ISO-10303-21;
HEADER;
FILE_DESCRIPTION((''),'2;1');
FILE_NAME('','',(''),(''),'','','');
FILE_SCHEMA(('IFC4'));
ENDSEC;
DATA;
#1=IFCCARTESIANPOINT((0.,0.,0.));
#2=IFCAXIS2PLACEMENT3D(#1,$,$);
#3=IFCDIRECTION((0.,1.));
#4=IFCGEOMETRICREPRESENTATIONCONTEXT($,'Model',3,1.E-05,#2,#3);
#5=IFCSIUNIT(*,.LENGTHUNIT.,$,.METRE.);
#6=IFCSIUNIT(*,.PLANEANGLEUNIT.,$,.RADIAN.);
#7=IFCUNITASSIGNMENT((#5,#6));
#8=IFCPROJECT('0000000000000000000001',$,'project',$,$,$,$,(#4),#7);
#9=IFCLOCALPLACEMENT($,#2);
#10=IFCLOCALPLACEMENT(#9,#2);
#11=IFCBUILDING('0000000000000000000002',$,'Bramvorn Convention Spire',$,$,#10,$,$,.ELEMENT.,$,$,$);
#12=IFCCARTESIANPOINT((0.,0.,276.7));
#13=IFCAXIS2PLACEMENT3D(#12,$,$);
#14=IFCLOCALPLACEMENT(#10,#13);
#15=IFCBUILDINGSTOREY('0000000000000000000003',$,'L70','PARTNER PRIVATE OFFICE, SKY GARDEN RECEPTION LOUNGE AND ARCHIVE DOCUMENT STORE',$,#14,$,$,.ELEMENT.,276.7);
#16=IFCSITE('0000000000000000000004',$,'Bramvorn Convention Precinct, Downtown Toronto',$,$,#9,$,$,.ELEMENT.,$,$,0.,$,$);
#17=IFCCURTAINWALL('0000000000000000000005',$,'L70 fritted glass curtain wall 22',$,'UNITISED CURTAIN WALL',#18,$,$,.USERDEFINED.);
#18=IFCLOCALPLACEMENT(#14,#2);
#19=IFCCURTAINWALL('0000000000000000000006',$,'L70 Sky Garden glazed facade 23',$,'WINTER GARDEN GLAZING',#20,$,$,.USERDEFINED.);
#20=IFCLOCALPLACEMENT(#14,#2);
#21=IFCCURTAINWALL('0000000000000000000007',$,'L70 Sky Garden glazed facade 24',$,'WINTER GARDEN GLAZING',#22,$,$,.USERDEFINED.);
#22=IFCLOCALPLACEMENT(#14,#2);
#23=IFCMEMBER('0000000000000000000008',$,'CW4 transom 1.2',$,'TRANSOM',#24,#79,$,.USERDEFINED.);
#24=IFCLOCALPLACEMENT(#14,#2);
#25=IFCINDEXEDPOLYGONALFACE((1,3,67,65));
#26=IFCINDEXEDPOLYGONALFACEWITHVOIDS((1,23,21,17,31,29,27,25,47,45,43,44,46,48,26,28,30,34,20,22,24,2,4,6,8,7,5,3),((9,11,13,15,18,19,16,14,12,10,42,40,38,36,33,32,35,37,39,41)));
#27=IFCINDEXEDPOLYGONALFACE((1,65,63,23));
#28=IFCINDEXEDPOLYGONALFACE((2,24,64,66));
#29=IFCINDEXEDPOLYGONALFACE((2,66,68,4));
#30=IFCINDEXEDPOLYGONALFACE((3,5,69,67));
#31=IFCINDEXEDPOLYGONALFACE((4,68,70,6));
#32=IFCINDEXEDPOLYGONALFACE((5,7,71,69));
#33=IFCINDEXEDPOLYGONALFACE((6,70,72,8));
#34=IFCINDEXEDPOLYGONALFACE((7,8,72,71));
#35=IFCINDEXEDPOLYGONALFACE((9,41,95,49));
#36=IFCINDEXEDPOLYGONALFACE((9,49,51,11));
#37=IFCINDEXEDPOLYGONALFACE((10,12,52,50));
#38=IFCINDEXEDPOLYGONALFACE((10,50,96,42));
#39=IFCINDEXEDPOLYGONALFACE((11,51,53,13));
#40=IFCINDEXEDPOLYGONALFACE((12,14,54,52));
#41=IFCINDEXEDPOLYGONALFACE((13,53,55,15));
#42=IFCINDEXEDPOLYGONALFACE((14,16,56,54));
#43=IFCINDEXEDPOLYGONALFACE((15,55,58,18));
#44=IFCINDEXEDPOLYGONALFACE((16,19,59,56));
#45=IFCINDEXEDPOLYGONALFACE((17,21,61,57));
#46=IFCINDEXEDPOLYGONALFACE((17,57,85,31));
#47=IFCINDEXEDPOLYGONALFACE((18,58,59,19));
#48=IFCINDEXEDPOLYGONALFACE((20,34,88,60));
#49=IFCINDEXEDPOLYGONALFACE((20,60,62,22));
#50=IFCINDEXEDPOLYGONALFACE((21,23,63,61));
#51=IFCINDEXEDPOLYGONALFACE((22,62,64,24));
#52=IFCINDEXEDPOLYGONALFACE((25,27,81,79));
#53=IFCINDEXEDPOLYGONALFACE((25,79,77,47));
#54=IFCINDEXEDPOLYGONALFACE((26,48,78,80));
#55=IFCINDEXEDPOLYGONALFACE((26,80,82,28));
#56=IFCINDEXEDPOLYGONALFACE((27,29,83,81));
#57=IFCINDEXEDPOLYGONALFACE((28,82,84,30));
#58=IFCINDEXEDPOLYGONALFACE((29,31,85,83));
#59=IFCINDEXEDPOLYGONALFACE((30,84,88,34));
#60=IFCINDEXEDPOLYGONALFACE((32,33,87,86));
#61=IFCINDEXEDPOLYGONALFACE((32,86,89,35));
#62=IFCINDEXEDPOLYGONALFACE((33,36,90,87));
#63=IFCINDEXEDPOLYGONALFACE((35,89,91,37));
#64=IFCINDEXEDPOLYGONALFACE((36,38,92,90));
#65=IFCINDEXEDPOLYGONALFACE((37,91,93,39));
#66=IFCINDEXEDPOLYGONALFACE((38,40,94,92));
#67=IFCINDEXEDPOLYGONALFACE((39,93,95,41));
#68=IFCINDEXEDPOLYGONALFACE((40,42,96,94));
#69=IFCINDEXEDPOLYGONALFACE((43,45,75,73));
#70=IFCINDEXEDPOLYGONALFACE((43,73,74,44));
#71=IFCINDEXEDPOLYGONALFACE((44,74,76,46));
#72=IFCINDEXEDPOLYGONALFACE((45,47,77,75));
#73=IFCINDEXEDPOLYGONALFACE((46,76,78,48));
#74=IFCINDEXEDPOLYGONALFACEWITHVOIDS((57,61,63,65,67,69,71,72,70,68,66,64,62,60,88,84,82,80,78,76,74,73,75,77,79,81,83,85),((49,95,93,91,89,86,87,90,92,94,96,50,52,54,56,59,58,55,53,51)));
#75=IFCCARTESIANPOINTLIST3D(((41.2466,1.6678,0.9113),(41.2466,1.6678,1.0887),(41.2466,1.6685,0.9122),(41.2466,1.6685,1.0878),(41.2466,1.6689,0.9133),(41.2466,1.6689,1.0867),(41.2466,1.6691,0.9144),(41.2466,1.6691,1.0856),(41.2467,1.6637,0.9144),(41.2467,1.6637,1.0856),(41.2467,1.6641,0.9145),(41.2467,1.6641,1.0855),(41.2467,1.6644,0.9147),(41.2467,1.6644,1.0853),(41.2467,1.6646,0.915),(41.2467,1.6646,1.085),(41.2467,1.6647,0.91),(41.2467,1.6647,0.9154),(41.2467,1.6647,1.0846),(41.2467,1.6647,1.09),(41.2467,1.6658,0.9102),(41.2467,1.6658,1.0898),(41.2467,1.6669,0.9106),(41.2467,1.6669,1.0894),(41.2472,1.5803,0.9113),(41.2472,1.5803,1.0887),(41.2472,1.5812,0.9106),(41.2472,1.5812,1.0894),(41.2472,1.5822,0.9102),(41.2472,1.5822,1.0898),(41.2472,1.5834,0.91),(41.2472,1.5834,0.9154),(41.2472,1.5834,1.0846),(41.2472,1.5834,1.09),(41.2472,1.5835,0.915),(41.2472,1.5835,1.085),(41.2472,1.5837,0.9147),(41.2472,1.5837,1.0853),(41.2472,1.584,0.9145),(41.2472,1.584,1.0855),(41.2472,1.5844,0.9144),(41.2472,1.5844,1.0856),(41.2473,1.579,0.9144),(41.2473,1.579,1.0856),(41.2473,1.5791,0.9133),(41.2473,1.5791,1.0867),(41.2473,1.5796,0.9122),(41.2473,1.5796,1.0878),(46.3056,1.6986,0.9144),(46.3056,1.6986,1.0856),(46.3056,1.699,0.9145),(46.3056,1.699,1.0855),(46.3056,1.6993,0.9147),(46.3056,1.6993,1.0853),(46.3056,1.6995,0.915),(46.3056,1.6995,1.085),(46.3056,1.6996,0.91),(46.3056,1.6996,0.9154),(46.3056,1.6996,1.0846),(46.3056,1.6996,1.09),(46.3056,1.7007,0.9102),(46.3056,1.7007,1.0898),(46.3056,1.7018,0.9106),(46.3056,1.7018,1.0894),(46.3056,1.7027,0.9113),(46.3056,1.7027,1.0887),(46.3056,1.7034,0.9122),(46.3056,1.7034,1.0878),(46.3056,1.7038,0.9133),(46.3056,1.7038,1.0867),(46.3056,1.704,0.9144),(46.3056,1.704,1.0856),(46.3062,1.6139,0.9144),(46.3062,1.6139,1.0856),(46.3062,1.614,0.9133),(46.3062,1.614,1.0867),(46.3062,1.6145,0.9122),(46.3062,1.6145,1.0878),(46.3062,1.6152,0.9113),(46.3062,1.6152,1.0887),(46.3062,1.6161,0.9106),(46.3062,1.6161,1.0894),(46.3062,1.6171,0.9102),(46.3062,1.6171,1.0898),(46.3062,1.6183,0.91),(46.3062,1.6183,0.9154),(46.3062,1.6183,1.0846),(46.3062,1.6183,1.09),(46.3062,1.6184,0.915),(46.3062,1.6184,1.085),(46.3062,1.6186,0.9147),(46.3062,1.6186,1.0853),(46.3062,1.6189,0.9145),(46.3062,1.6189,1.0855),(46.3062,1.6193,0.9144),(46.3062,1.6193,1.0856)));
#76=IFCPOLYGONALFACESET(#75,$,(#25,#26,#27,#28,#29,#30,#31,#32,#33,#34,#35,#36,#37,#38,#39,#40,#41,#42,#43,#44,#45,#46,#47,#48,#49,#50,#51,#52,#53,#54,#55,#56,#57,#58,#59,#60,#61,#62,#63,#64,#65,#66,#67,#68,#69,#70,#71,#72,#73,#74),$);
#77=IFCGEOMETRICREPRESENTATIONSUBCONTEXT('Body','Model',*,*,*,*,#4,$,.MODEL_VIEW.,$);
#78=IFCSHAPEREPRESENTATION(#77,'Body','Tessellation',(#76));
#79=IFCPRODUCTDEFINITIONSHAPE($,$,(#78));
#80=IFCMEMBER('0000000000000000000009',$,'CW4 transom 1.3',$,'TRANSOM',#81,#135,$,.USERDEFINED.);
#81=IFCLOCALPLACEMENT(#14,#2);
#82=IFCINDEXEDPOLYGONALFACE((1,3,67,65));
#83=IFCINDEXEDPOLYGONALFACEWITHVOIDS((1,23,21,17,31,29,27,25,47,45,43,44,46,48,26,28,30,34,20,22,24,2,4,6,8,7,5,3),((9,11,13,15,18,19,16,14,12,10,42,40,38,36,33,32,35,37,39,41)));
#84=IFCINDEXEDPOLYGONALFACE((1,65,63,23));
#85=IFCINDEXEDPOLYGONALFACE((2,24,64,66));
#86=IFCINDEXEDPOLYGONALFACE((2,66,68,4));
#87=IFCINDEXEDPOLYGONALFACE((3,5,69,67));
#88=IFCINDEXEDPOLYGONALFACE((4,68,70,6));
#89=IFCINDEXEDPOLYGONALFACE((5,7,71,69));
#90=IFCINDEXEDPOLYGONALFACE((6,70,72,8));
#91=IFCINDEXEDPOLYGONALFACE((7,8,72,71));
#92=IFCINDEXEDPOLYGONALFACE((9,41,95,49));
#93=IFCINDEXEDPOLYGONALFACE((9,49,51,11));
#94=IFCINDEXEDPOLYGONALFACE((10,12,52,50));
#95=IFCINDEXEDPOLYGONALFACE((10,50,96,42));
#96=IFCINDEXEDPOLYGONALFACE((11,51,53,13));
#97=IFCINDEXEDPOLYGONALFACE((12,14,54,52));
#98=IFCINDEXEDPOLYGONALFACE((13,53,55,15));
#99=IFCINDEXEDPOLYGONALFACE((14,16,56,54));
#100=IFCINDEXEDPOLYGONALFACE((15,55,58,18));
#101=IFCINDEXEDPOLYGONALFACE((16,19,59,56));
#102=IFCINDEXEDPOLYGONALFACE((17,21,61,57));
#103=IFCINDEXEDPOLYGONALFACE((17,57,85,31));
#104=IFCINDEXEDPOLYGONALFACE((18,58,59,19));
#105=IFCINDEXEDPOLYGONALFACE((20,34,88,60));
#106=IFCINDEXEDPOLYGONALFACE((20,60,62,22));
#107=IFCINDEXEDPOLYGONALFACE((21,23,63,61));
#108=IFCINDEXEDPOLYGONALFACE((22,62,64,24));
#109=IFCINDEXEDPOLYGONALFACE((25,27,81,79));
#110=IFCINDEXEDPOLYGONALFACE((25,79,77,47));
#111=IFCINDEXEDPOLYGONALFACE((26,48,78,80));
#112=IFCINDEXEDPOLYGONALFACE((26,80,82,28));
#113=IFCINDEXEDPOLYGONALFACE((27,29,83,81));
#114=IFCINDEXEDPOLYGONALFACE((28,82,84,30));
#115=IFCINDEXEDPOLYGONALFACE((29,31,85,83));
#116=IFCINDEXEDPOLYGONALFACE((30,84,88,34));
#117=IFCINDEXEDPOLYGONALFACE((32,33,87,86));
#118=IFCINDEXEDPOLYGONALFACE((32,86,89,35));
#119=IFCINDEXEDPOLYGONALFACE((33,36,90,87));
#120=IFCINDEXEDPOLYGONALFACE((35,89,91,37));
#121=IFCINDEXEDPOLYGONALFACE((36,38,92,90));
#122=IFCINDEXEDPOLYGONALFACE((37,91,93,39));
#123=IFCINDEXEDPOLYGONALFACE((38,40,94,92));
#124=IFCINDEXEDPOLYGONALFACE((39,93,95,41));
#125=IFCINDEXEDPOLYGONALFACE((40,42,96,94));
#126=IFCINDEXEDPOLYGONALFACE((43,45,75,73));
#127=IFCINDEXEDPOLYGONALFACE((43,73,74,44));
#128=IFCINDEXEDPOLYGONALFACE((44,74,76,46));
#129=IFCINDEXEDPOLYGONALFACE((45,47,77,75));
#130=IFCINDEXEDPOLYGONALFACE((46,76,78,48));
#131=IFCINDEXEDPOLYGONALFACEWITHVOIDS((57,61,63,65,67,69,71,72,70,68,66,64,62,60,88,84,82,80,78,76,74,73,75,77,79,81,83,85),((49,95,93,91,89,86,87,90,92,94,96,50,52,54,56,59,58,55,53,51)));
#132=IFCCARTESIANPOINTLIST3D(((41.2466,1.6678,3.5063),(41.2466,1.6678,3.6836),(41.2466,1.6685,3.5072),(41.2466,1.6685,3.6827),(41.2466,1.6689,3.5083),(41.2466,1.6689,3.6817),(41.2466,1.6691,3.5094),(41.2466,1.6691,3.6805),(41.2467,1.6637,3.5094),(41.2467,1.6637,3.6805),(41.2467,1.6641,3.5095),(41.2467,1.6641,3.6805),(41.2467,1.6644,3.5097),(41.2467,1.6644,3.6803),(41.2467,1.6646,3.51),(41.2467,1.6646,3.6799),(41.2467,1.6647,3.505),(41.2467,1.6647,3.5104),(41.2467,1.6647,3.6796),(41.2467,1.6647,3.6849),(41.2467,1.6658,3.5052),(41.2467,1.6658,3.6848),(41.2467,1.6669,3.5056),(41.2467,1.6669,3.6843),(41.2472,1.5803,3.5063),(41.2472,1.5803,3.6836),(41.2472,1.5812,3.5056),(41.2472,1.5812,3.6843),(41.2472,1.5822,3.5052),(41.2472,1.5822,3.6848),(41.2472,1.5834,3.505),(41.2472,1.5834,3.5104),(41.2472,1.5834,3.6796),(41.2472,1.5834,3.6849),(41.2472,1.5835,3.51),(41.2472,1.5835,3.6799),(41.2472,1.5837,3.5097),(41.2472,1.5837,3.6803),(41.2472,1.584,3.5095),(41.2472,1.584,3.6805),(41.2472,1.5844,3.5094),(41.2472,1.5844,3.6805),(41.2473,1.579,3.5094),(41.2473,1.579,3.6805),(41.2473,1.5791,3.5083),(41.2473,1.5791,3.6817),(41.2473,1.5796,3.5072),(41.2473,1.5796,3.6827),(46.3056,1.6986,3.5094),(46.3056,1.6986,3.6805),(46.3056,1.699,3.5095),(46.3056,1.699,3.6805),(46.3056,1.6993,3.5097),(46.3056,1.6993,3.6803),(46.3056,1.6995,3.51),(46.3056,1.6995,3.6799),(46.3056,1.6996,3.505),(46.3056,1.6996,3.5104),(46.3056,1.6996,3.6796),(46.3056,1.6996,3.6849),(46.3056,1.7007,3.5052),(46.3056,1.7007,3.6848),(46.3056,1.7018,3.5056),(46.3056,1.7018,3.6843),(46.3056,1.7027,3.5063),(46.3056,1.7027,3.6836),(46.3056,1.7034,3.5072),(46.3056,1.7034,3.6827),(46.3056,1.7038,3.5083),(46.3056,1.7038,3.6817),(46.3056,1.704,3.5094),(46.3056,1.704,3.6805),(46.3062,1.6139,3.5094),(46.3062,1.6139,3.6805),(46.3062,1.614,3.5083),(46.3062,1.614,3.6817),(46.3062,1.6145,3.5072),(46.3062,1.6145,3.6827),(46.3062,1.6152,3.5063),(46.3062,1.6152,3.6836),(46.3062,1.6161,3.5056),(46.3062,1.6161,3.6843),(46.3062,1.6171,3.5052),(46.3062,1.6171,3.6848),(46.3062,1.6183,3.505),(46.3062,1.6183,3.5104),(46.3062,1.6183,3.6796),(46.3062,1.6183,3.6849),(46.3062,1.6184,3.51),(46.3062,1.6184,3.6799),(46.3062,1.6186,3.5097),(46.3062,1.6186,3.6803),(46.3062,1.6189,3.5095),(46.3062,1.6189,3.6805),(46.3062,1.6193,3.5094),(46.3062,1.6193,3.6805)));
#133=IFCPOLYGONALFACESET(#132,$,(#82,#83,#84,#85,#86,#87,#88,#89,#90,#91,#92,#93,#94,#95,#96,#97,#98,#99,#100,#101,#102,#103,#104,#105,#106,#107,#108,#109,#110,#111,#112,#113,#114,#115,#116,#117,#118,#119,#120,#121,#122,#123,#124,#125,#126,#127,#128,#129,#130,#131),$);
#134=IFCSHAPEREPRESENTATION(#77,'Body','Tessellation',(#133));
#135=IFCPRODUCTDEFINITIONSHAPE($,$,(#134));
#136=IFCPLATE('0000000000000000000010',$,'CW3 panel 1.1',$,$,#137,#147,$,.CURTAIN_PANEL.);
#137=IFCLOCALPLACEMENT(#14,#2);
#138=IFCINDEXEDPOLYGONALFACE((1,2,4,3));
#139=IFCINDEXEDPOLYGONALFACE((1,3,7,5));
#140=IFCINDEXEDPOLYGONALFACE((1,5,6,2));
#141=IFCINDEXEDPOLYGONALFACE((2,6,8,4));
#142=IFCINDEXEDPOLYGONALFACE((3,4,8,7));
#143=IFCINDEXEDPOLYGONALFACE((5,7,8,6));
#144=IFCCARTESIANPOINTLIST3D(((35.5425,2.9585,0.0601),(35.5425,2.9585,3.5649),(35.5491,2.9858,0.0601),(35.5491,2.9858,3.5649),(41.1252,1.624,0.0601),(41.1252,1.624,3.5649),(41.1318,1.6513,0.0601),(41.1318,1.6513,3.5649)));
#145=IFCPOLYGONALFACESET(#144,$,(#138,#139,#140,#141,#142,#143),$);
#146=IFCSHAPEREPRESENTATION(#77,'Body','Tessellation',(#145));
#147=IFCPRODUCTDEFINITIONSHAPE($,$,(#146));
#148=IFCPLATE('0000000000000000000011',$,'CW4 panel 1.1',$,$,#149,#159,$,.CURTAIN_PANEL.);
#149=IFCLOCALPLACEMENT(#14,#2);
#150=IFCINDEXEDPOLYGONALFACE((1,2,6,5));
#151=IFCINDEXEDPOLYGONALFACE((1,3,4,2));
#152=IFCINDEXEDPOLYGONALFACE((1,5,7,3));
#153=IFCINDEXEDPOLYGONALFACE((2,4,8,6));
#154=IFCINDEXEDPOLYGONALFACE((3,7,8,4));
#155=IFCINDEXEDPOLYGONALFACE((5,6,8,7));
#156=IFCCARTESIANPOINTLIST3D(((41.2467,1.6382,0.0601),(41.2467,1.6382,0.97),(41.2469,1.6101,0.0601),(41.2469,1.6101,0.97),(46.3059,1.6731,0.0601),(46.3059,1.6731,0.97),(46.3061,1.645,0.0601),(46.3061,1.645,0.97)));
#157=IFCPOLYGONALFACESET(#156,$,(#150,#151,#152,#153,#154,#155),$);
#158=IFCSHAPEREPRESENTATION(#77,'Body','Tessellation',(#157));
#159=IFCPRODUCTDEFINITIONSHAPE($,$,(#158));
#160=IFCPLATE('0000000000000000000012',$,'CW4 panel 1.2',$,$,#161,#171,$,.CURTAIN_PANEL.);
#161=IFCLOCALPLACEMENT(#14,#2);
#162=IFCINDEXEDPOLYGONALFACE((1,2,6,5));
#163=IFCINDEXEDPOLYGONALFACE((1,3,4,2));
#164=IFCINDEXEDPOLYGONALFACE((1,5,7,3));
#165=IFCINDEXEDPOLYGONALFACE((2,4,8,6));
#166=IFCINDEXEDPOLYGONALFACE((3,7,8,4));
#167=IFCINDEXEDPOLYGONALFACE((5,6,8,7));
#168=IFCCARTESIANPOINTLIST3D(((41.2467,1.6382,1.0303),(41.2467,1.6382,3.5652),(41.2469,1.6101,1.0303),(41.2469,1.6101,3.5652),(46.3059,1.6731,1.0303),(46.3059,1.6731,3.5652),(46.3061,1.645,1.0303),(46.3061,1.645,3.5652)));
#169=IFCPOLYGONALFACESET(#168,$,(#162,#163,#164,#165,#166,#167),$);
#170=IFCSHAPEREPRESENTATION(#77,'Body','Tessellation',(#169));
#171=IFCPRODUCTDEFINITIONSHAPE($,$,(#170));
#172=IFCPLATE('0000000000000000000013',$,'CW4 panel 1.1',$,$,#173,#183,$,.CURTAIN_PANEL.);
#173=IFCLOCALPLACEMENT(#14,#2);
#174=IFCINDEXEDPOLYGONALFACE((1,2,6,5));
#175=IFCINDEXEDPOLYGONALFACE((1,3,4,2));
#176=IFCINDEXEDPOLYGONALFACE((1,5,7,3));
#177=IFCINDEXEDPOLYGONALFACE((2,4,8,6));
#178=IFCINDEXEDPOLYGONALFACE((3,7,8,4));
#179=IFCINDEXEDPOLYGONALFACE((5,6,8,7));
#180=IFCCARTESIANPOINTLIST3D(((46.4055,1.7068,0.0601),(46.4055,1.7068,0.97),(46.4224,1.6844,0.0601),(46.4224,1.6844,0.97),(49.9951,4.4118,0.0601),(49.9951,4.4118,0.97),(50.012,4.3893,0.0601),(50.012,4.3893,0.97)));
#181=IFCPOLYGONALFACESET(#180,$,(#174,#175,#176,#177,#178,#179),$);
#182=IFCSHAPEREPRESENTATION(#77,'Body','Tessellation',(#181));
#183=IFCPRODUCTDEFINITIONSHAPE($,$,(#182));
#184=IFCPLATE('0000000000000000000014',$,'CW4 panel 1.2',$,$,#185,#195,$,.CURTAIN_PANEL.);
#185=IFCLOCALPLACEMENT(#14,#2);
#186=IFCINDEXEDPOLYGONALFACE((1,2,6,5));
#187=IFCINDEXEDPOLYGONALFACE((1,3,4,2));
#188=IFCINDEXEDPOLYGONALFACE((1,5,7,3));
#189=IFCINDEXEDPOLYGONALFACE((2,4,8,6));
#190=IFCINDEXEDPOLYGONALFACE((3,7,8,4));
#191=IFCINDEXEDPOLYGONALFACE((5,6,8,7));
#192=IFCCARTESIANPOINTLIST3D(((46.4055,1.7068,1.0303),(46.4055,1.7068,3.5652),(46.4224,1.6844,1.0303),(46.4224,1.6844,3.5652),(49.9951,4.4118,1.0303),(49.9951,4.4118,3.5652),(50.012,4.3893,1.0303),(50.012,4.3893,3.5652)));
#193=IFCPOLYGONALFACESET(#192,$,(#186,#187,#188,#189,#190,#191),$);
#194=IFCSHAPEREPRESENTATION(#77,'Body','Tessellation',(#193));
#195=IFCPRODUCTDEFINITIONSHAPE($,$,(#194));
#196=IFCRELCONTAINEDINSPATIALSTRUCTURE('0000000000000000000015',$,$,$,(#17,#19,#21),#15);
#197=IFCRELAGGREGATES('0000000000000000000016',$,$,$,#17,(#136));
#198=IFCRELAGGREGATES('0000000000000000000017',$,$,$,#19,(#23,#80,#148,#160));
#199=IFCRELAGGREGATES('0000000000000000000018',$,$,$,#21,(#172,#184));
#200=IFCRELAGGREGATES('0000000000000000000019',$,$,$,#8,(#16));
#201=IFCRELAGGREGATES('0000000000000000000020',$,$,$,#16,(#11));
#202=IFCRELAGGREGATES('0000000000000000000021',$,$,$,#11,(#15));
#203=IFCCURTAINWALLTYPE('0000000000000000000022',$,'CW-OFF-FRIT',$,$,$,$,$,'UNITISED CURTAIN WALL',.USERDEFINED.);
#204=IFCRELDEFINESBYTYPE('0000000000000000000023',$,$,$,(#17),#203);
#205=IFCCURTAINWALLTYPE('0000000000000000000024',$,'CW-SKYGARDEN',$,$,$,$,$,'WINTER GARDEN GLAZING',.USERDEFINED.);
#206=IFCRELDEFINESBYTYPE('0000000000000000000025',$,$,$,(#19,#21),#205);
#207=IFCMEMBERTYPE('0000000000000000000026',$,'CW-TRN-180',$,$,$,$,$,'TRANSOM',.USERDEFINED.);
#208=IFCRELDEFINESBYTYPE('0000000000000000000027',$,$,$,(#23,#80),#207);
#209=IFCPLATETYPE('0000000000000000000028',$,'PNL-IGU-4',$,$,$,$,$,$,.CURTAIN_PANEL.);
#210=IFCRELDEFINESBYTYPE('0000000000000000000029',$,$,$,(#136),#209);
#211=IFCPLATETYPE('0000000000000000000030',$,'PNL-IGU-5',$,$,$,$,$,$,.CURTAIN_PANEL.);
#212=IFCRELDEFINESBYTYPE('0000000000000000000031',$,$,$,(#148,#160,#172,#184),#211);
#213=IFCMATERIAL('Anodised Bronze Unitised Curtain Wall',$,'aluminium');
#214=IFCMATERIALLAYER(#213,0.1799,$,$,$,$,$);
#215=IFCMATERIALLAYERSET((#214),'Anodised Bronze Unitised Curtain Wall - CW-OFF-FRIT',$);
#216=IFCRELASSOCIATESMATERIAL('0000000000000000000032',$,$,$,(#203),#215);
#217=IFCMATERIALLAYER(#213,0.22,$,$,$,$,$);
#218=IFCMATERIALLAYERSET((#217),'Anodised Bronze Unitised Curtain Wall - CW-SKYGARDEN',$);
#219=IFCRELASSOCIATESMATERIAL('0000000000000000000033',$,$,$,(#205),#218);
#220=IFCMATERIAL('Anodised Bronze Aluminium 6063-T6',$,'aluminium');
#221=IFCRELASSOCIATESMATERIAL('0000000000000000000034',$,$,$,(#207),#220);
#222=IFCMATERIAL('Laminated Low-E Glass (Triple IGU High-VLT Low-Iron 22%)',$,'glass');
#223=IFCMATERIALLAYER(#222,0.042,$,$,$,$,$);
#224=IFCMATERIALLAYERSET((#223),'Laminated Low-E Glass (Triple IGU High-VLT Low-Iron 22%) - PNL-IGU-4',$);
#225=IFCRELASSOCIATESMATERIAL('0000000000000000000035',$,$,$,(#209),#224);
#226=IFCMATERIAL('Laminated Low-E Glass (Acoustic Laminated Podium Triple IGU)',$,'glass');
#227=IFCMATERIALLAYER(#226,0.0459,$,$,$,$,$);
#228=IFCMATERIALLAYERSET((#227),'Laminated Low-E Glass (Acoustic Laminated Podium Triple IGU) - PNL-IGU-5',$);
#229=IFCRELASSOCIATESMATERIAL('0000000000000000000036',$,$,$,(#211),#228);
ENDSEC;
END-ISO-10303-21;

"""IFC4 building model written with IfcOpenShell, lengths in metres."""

from ifc_helpers import new_model, si_unit, direction, frame, origin, origin_2d, place, context, subcontext, project, spatial, rectangle, hollow_rectangle, extrude, material, layer, layer_set, material_profile, profile_set, type_object, element, aggregate, save


model = new_model("IFC4")

# Units and contexts
model_context = context("Model", 3, precision=1e-05, world=origin(), true_north=direction((0.0, 1.0)))
body_context = subcontext(model_context, "Body", "Model", "MODEL_VIEW")
ifc_project = project(units=[si_unit("LENGTHUNIT", "METRE"), si_unit("PLANEANGLEUNIT", "RADIAN")], contexts=[model_context])

# Site, building, storey
site_placement = place(None, origin())
site = spatial("IfcSite", under=ifc_project, at=site_placement, Name="Bramvorn Convention Precinct, Downtown Toronto", CompositionType="ELEMENT", RefElevation=0.0)
building_placement = place(site_placement, origin())
building = spatial("IfcBuilding", under=site, at=building_placement, Name="Bramvorn Convention Spire", CompositionType="ELEMENT")
storey_placement = place(building_placement, frame((0.0, 0.0, 276.7)))
storey = spatial("IfcBuildingStorey", under=building, at=storey_placement, Name="L70", Description="PARTNER PRIVATE OFFICE, SKY GARDEN RECEPTION LOUNGE AND ARCHIVE DOCUMENT STORE", CompositionType="ELEMENT", Elevation=276.7)

# Curtain wall
ifc_material_1 = material(Name="Anodised Bronze Unitised Curtain Wall", Category="aluminium")
ifc_layer_1 = layer(ifc_material_1, 0.1799)
ifc_layer_set_1 = layer_set([ifc_layer_1], Name="Anodised Bronze Unitised Curtain Wall - CW-OFF-FRIT")
curtain_wall_type_1 = type_object("IfcCurtainWallType", Name="CW-OFF-FRIT", ElementType="UNITISED CURTAIN WALL", PredefinedType="USERDEFINED", material=ifc_layer_set_1)
curtain_wall_1_placement = place(storey_placement, origin())
curtain_wall_1 = element("IfcCurtainWall", 1, at=curtain_wall_1_placement, inside=storey, type_object=curtain_wall_type_1, Name="L70 fritted glass curtain wall 22", ObjectType="UNITISED CURTAIN WALL", PredefinedType="USERDEFINED")
ifc_material_2 = material(Name="Anodised Bronze Aluminium 6063-T6", Category="aluminium")

# Curtain wall
ifc_layer_2 = layer(ifc_material_1, 0.22)
ifc_layer_set_2 = layer_set([ifc_layer_2], Name="Anodised Bronze Unitised Curtain Wall - CW-SKYGARDEN")
curtain_wall_type_2 = type_object("IfcCurtainWallType", Name="CW-SKYGARDEN", ElementType="WINTER GARDEN GLAZING", PredefinedType="USERDEFINED", material=ifc_layer_set_2)
curtain_wall_2_placement = place(storey_placement, origin())
curtain_wall_2 = element("IfcCurtainWall", 2, at=curtain_wall_2_placement, inside=storey, type_object=curtain_wall_type_2, Name="L70 Sky Garden glazed facade 23", ObjectType="WINTER GARDEN GLAZING", PredefinedType="USERDEFINED")

# Curtain wall
curtain_wall_3_placement = place(storey_placement, origin())
curtain_wall_3 = element("IfcCurtainWall", 3, at=curtain_wall_3_placement, inside=storey, type_object=curtain_wall_type_2, Name="L70 Sky Garden glazed facade 24", ObjectType="WINTER GARDEN GLAZING", PredefinedType="USERDEFINED")

# Members
ifc_material_profile_1 = material_profile(ifc_material_2, hollow_rectangle(XDim=0.0901, YDim=0.1799, WallThickness=0.0044, InnerFilletRadius=0.001, OuterFilletRadius=0.0044, at=origin_2d()))
ifc_profile_set_1 = profile_set([ifc_material_profile_1], Name="Anodised Bronze Aluminium 6063-T6 - CWT90X180")
member_type_1 = type_object("IfcMemberType", Name="CW-TRN-180", ElementType="TRANSOM", PredefinedType="USERDEFINED", material=ifc_profile_set_1)
member_1_placement = place(storey_placement, frame((46.3059, 1.6589, 1.0), z_axis=(-0.999976, -0.006901, 0.0), x_axis=(0.006901, -0.999976, 0.0)))
member_1 = element("IfcMember", 4, at=member_1_placement, type_object=member_type_1, Name="CW4 transom 1.2", ObjectType="TRANSOM", PredefinedType="USERDEFINED", context=body_context, shape_type="SweptSolid", body=[
    extrude(hollow_rectangle(XDim=0.0901, YDim=0.1799, WallThickness=0.0044, InnerFilletRadius=0.001, OuterFilletRadius=0.0044, at=origin_2d()), origin(), (0.0, 0.0, 1.0), 5.0591),
])
member_2_placement = place(storey_placement, frame((46.3059, 1.6589, 3.595), z_axis=(-0.999976, -0.006901, 0.0), x_axis=(0.006901, -0.999976, 0.0)))
member_2 = element("IfcMember", 5, at=member_2_placement, type_object=member_type_1, Name="CW4 transom 1.3", ObjectType="TRANSOM", PredefinedType="USERDEFINED", context=body_context, shape_type="SweptSolid", body=[
    extrude(hollow_rectangle(XDim=0.0901, YDim=0.1799, WallThickness=0.0044, InnerFilletRadius=0.001, OuterFilletRadius=0.0044, at=origin_2d()), origin(), (0.0, 0.0, 1.0), 5.0591),
])

# Plates
ifc_material_3 = material(Name="Laminated Low-E Glass (Triple IGU High-VLT Low-Iron 22%)", Category="glass")
ifc_layer_3 = layer(ifc_material_3, 0.042)
ifc_layer_set_3 = layer_set([ifc_layer_3], Name="Laminated Low-E Glass (Triple IGU High-VLT Low-Iron 22%) - PNL-IGU-4")
plate_type_1 = type_object("IfcPlateType", Name="PNL-IGU-4", PredefinedType="CURTAIN_PANEL", material=ifc_layer_set_3)
plate_1_placement = place(storey_placement, frame((38.3372, 2.3049, 0.0601), z_axis=(0.0, 0.0, 1.0), x_axis=(-0.972598, 0.232493, 0.0)))
plate_1 = element("IfcPlate", 6, at=plate_1_placement, type_object=plate_type_1, Name="CW3 panel 1.1", PredefinedType="CURTAIN_PANEL", context=body_context, shape_type="SweptSolid", body=[
    extrude(rectangle(XDim=5.74, YDim=0.0281, at=origin_2d()), origin(), (0.0, 0.0, 1.0), 3.5049),
])
aggregate(curtain_wall_1, [plate_1])
ifc_material_4 = material(Name="Laminated Low-E Glass (Acoustic Laminated Podium Triple IGU)", Category="glass")
ifc_layer_4 = layer(ifc_material_4, 0.0459)
ifc_layer_set_4 = layer_set([ifc_layer_4], Name="Laminated Low-E Glass (Acoustic Laminated Podium Triple IGU) - PNL-IGU-5")
plate_type_2 = type_object("IfcPlateType", Name="PNL-IGU-5", PredefinedType="CURTAIN_PANEL", material=ifc_layer_set_4)
plate_2_placement = place(storey_placement, frame((43.7764, 1.6416, 0.0601), z_axis=(0.0, 0.0, 1.0), x_axis=(-0.999976, -0.006893, 0.0)))
plate_2 = element("IfcPlate", 7, at=plate_2_placement, type_object=plate_type_2, Name="CW4 panel 1.1", PredefinedType="CURTAIN_PANEL", context=body_context, shape_type="SweptSolid", body=[
    extrude(rectangle(XDim=5.0593, YDim=0.0281, at=origin_2d()), origin(), (0.0, 0.0, 1.0), 0.9099),
])
plate_3_placement = place(storey_placement, frame((43.7764, 1.6416, 1.0303), z_axis=(0.0, 0.0, 1.0), x_axis=(-0.999976, -0.006893, 0.0)))
plate_3 = element("IfcPlate", 8, at=plate_3_placement, type_object=plate_type_2, Name="CW4 panel 1.2", PredefinedType="CURTAIN_PANEL", context=body_context, shape_type="SweptSolid", body=[
    extrude(rectangle(XDim=5.0593, YDim=0.0281, at=origin_2d()), origin(), (0.0, 0.0, 1.0), 2.5349),
])
aggregate(curtain_wall_2, [member_1, member_2, plate_2, plate_3])
plate_4_placement = place(storey_placement, frame((48.2087, 3.0481, 0.0601), z_axis=(0.0, 0.0, 1.0), x_axis=(-0.798638, -0.601812, 0.0)))
plate_4 = element("IfcPlate", 9, at=plate_4_placement, type_object=plate_type_2, Name="CW4 panel 1.1", PredefinedType="CURTAIN_PANEL", context=body_context, shape_type="SweptSolid", body=[
    extrude(rectangle(XDim=4.4946, YDim=0.0281, at=origin_2d()), origin(), (0.0, 0.0, 1.0), 0.9099),
])
plate_5_placement = place(storey_placement, frame((48.2087, 3.0481, 1.0303), z_axis=(0.0, 0.0, 1.0), x_axis=(-0.798638, -0.601812, 0.0)))
plate_5 = element("IfcPlate", 10, at=plate_5_placement, type_object=plate_type_2, Name="CW4 panel 1.2", PredefinedType="CURTAIN_PANEL", context=body_context, shape_type="SweptSolid", body=[
    extrude(rectangle(XDim=4.4946, YDim=0.0281, at=origin_2d()), origin(), (0.0, 0.0, 1.0), 2.5349),
])
aggregate(curtain_wall_3, [plate_4, plate_5])

save(model, "model.ifc")
